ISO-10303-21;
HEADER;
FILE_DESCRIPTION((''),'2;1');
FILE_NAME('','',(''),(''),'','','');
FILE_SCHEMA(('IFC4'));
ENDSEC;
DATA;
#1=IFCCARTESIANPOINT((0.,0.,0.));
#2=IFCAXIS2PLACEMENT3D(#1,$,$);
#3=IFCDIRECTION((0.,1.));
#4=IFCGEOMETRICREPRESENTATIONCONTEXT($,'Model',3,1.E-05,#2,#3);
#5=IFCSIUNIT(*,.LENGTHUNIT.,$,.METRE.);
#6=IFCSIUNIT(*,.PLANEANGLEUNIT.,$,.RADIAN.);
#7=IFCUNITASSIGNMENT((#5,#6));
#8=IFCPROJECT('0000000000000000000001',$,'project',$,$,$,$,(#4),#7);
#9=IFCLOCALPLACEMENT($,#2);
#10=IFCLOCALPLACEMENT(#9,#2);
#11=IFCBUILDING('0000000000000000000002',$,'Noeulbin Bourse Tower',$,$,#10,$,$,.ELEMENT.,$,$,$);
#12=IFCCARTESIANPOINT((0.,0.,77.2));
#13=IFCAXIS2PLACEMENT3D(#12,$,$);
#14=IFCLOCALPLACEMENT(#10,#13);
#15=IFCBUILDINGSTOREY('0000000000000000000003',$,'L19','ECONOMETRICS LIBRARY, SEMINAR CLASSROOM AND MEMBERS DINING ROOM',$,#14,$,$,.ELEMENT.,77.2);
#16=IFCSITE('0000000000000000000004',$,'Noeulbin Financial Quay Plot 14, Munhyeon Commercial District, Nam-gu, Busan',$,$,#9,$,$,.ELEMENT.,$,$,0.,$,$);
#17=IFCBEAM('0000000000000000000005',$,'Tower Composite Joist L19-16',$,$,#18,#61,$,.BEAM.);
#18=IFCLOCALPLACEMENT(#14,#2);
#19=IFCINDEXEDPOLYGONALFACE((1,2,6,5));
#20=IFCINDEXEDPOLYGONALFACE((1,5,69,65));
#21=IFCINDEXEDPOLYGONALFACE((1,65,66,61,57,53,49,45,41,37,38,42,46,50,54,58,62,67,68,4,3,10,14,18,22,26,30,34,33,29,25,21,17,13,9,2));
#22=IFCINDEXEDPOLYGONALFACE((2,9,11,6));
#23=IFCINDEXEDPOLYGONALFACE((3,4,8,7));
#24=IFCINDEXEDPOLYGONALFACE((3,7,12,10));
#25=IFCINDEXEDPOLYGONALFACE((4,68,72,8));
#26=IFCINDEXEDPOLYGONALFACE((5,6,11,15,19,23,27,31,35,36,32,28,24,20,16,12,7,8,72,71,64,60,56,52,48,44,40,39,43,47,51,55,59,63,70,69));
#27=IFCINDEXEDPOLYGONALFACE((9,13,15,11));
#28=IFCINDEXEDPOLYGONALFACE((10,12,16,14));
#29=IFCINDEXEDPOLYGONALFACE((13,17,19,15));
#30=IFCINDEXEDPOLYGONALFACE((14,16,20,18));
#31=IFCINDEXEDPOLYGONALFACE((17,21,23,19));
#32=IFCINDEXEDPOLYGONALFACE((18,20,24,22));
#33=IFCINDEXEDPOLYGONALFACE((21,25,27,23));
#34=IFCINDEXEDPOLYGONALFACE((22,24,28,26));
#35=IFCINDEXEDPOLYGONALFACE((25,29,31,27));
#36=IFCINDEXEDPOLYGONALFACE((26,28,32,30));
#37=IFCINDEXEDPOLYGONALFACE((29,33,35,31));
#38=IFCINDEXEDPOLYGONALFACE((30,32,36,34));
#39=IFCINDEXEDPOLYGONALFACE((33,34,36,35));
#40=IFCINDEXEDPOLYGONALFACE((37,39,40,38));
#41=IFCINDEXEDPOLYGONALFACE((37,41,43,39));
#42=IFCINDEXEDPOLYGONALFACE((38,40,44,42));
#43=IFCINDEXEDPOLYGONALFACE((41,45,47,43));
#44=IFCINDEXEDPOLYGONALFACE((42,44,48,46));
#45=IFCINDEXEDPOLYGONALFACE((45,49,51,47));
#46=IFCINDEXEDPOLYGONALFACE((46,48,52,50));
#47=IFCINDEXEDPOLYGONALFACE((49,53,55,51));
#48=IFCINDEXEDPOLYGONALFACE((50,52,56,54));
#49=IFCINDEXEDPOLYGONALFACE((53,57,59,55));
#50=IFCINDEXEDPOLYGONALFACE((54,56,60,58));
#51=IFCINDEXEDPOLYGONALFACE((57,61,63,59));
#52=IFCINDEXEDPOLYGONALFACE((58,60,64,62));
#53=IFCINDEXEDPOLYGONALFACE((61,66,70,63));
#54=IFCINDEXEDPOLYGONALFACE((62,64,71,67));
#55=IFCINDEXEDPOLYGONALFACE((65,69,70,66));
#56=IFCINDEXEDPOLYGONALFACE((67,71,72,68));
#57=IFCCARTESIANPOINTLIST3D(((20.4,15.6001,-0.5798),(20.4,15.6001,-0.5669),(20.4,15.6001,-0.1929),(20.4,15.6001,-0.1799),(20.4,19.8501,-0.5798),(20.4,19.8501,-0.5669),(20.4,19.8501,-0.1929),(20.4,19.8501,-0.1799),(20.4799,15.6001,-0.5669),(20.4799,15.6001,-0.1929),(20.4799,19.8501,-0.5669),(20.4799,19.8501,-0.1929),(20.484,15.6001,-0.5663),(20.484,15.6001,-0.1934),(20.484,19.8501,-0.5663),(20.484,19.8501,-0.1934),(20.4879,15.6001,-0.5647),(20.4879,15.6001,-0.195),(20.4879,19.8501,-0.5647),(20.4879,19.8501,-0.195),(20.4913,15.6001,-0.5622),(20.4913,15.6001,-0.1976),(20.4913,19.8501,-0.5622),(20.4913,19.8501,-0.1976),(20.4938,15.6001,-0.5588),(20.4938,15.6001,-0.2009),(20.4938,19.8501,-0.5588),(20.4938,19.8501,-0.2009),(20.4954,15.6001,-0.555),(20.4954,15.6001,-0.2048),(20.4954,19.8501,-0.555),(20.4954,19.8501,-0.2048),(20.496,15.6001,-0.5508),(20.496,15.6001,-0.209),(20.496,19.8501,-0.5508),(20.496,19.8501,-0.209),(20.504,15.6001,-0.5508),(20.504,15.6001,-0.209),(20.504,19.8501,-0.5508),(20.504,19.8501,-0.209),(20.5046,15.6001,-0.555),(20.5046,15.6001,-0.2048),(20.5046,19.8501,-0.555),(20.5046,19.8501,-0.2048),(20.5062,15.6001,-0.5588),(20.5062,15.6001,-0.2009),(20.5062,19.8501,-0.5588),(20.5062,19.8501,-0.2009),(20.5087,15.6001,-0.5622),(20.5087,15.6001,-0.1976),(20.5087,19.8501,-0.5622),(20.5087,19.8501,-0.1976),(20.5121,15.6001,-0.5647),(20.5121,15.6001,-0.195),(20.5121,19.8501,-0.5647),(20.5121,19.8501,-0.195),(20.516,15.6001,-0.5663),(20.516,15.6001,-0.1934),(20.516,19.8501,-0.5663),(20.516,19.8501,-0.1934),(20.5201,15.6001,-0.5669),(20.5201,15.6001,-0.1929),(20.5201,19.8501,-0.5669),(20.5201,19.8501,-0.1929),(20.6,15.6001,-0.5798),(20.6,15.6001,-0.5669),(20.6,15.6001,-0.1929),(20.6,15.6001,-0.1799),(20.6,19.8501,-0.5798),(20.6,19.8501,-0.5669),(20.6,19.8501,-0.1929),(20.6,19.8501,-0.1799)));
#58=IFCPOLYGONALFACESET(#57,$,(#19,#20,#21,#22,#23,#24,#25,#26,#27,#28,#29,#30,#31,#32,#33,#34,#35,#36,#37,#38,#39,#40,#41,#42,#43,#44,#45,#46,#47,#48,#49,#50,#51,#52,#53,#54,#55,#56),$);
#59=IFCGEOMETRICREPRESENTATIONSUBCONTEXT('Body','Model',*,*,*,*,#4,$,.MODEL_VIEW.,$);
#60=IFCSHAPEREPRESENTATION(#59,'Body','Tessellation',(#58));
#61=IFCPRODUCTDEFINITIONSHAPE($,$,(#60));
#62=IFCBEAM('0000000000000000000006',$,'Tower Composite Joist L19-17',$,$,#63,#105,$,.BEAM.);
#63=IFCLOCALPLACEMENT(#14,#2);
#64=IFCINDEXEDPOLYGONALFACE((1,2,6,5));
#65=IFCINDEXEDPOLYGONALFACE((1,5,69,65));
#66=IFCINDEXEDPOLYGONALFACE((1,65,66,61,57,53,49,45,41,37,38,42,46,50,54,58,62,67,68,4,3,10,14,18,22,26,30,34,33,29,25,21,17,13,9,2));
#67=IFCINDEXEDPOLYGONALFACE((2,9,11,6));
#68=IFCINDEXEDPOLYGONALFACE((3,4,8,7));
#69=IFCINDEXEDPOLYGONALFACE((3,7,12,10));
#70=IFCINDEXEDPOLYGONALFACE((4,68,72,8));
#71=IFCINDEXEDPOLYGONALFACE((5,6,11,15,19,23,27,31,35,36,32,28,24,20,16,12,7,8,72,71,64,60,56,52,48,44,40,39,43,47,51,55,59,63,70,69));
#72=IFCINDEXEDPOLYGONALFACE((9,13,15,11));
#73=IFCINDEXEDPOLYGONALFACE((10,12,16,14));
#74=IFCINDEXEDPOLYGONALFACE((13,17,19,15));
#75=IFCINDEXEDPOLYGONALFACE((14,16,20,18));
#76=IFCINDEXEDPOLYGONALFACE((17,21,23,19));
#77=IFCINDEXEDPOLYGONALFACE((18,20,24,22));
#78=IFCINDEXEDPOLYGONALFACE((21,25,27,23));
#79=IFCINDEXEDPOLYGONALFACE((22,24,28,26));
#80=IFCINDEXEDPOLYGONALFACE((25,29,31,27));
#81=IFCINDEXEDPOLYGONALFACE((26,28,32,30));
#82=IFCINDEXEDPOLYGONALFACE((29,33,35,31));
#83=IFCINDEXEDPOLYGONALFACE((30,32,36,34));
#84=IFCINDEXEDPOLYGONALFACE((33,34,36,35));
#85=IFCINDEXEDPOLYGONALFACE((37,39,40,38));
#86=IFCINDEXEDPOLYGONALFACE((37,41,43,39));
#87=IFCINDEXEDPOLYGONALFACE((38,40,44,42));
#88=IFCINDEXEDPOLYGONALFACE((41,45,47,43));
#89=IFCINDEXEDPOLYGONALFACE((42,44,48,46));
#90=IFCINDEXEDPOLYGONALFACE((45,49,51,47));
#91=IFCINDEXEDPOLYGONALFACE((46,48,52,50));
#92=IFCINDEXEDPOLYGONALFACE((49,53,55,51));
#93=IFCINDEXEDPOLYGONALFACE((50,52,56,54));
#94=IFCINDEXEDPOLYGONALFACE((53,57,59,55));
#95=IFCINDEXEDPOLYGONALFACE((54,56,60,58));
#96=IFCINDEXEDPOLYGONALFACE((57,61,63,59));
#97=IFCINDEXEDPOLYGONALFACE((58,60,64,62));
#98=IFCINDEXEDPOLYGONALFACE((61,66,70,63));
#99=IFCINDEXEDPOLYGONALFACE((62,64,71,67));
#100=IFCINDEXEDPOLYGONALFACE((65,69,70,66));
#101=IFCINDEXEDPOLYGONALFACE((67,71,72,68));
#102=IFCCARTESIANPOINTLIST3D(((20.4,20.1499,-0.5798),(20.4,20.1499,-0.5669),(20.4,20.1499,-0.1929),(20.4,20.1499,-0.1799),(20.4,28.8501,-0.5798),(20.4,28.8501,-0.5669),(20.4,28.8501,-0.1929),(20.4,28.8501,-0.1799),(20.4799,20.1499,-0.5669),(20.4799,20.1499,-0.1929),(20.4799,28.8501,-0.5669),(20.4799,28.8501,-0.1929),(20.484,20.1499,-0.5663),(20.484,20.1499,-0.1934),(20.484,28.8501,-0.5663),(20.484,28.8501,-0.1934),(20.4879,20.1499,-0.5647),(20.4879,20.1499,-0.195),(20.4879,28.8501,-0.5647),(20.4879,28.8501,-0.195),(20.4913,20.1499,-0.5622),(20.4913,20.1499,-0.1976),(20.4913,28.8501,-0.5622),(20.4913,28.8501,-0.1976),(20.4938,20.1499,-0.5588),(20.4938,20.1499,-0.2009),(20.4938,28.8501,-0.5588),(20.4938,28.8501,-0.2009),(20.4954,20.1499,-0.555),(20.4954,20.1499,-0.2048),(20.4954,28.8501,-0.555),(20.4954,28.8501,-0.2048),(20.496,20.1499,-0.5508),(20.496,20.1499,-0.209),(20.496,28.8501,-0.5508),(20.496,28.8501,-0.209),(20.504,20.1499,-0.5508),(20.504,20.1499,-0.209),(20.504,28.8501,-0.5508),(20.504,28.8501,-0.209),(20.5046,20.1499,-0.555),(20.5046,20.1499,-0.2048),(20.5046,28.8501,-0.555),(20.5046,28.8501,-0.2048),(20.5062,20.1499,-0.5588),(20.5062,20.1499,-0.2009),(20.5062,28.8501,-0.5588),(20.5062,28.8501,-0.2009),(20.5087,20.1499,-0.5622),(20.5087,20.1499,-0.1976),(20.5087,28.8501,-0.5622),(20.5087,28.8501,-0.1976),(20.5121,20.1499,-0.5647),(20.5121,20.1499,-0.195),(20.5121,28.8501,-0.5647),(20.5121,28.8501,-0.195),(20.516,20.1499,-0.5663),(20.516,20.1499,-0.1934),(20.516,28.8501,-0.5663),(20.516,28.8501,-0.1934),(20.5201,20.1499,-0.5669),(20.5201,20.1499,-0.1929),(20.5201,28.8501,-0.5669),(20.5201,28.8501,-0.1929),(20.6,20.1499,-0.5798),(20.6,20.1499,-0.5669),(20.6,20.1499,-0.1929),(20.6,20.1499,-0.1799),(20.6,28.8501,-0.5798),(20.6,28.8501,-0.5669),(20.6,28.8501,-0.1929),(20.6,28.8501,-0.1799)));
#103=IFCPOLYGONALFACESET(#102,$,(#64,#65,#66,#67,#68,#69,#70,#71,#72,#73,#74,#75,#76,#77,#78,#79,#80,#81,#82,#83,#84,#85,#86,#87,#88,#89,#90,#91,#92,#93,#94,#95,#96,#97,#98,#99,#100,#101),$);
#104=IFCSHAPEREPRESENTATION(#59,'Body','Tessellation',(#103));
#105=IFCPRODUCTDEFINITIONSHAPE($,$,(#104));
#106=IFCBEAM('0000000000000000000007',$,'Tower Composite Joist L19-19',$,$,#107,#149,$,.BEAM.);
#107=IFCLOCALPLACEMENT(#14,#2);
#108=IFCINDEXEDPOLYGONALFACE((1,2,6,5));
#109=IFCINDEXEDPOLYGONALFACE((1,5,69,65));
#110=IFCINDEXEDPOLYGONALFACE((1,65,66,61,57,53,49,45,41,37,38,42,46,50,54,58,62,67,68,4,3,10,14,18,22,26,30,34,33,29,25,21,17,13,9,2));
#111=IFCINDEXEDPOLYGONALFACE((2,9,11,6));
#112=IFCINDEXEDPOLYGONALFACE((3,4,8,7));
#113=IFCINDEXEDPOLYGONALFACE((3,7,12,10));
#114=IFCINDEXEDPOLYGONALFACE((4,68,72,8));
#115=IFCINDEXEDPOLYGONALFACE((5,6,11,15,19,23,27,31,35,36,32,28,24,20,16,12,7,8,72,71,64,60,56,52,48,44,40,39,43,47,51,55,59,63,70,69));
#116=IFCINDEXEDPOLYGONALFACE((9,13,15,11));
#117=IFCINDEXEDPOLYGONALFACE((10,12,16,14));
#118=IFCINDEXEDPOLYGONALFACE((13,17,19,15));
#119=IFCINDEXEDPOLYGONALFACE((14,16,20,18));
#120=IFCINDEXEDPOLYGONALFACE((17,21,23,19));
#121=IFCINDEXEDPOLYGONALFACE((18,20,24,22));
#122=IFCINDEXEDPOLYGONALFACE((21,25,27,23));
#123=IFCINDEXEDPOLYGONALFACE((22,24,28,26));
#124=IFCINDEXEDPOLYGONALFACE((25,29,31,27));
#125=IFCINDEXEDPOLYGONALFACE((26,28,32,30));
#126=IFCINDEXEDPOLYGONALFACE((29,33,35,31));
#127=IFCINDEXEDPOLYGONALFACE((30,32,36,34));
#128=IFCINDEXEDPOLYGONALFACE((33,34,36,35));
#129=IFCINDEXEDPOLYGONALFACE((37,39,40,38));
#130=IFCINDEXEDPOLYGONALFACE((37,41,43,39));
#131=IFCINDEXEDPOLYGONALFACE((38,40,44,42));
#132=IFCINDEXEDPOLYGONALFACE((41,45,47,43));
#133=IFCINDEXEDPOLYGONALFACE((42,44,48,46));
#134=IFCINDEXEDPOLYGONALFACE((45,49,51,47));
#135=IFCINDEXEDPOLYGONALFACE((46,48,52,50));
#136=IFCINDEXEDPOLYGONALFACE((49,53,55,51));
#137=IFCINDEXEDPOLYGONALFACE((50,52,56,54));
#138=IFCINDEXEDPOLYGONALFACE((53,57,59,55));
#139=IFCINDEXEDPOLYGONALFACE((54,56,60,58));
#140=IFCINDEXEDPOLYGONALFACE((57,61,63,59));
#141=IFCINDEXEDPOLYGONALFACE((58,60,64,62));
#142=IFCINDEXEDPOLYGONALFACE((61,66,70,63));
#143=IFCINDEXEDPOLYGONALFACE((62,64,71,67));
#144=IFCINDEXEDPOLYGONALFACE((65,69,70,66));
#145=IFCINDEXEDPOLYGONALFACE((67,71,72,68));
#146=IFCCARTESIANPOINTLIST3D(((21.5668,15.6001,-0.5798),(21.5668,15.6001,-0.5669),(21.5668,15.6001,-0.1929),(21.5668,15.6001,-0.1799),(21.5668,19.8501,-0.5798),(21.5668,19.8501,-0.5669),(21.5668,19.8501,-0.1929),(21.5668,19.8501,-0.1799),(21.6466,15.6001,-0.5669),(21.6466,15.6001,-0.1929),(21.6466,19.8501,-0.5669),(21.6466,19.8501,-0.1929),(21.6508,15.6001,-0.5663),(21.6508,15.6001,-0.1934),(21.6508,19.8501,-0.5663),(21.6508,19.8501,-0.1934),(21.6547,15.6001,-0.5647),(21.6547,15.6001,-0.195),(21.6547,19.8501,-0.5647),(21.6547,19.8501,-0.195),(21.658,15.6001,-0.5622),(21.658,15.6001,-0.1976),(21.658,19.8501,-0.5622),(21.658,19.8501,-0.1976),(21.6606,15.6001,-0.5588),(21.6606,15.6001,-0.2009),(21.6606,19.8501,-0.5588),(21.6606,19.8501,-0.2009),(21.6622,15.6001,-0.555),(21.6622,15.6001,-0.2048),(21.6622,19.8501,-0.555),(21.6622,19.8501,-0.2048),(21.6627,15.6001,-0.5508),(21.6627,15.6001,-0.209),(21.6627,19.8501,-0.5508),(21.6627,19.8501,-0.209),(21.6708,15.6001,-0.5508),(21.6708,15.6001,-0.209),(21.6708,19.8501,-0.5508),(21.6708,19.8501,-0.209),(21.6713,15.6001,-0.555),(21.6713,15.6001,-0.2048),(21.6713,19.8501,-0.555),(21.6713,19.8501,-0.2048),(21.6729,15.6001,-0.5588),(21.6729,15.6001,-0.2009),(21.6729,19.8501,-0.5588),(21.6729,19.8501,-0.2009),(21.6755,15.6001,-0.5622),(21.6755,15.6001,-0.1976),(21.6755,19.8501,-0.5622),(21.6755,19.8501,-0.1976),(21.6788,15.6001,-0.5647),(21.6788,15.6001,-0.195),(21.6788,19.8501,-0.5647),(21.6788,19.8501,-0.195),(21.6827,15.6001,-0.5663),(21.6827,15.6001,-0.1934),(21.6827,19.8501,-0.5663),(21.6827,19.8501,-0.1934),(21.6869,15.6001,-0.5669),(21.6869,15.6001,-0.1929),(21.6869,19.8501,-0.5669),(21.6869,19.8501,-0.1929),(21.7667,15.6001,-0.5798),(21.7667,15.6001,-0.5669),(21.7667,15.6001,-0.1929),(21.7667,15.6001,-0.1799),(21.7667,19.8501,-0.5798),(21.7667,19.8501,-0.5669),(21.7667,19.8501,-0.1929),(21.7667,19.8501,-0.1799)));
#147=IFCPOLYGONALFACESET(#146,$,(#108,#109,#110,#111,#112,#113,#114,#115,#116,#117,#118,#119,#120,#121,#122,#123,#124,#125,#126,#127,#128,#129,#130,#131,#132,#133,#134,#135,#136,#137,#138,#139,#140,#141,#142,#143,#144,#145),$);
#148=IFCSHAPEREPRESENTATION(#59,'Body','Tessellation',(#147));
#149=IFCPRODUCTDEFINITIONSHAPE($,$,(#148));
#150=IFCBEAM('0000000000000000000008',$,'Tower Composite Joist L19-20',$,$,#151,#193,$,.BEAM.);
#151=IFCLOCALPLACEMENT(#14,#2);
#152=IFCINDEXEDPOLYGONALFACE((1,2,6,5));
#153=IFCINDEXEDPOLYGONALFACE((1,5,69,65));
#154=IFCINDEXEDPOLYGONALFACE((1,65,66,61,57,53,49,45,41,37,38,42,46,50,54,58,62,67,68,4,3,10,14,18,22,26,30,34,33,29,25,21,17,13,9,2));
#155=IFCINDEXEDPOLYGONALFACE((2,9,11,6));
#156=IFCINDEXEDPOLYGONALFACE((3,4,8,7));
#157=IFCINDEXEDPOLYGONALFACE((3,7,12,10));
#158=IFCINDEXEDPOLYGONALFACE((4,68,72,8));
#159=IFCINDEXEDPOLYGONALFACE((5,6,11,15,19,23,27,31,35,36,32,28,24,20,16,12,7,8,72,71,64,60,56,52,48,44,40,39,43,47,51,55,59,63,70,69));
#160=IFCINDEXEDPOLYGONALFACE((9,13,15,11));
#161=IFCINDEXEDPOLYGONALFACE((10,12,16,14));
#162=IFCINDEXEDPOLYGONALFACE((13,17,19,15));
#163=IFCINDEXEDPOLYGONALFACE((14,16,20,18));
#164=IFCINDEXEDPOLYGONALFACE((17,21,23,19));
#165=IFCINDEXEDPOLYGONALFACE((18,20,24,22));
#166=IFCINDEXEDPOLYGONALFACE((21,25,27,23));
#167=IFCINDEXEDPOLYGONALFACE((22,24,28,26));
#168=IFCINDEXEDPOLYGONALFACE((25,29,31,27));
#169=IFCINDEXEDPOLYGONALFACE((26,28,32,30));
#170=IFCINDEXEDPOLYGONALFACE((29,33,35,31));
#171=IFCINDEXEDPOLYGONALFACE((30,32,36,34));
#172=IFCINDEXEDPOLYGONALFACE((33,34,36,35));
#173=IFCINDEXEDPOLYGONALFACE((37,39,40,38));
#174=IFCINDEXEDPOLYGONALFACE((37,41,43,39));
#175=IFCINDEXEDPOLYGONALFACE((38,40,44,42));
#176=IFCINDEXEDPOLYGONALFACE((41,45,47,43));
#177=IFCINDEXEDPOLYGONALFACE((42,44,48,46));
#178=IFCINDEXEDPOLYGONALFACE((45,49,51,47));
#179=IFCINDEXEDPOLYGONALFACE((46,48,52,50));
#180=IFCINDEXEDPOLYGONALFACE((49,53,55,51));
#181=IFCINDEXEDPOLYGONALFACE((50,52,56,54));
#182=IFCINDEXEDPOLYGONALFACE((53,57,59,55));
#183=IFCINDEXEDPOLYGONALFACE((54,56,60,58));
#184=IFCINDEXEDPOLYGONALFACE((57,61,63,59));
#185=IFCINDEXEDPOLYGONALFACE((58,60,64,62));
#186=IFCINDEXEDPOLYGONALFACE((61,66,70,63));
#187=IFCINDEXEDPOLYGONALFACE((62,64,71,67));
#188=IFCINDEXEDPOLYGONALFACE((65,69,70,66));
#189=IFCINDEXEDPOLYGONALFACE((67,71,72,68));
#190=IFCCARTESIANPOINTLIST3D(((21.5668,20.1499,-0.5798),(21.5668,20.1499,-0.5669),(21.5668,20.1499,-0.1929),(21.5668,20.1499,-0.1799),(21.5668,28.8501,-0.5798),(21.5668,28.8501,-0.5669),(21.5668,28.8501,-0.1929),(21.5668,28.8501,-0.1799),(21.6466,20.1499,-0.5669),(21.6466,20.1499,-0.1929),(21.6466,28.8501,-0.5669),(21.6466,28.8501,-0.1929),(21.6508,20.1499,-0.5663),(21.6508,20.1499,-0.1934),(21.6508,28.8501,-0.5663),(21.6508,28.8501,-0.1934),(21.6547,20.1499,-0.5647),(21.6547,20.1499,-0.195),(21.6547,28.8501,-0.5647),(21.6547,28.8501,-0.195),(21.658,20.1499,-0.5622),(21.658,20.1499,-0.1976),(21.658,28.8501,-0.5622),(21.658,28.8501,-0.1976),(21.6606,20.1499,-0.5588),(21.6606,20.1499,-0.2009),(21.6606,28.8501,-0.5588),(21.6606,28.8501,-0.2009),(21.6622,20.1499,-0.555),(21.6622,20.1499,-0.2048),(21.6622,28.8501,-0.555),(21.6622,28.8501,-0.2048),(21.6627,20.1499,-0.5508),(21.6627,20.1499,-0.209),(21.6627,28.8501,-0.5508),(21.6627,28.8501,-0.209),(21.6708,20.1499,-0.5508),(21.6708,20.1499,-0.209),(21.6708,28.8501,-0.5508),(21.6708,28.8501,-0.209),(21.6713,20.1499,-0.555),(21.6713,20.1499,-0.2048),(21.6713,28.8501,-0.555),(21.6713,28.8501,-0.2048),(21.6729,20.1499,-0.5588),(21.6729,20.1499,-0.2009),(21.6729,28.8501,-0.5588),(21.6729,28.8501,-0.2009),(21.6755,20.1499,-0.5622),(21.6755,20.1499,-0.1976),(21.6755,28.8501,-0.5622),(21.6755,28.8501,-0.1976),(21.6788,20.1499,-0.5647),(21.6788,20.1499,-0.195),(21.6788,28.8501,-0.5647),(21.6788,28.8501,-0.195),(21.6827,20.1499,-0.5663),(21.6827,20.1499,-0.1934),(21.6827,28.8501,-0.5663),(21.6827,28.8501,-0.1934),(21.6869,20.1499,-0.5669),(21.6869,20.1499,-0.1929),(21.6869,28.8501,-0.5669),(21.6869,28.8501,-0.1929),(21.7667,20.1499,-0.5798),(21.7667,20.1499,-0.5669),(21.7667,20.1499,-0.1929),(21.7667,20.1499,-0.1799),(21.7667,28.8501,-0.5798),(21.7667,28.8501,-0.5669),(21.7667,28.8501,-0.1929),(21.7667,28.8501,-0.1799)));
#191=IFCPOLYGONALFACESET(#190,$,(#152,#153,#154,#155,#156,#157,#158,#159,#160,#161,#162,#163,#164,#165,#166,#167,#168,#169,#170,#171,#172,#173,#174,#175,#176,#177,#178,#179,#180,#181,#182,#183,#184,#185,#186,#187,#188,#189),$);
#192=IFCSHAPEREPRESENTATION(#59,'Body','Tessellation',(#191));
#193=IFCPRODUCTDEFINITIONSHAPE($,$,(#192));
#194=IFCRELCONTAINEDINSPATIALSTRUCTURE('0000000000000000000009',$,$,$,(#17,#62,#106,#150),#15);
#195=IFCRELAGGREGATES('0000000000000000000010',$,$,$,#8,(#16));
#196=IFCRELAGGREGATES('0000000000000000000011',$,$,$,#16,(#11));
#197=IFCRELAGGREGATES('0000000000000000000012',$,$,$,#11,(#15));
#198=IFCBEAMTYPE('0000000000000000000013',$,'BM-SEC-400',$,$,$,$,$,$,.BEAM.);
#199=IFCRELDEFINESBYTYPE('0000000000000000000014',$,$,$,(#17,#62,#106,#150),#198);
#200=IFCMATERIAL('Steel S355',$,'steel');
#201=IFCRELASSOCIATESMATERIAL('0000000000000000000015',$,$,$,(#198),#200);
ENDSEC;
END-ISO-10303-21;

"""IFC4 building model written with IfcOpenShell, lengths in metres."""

from ifc_helpers import new_model, si_unit, direction, frame, origin, origin_2d, place, context, subcontext, project, spatial, i_section, extrude, material, material_profile, profile_set, type_object, element, save


model = new_model("IFC4")

# Units and contexts
model_context = context("Model", 3, precision=1e-05, world=origin(), true_north=direction((0.0, 1.0)))
body_context = subcontext(model_context, "Body", "Model", "MODEL_VIEW")
ifc_project = project(units=[si_unit("LENGTHUNIT", "METRE"), si_unit("PLANEANGLEUNIT", "RADIAN")], contexts=[model_context])

# Site, building, storey
site_placement = place(None, origin())
site = spatial("IfcSite", under=ifc_project, at=site_placement, Name="Noeulbin Financial Quay Plot 14, Munhyeon Commercial District, Nam-gu, Busan", CompositionType="ELEMENT", RefElevation=0.0)
building_placement = place(site_placement, origin())
building = spatial("IfcBuilding", under=site, at=building_placement, Name="Noeulbin Bourse Tower", CompositionType="ELEMENT")
storey_placement = place(building_placement, frame((0.0, 0.0, 77.2)))
storey = spatial("IfcBuildingStorey", under=building, at=storey_placement, Name="L19", Description="ECONOMETRICS LIBRARY, SEMINAR CLASSROOM AND MEMBERS DINING ROOM", CompositionType="ELEMENT", Elevation=77.2)

# Shared definitions
ifc_material_1 = material(Name="Steel S355", Category="steel")

# Beams
ifc_material_profile_1 = material_profile(ifc_material_1, i_section(OverallWidth=0.2, OverallDepth=0.3999, WebThickness=0.0081, FlangeThickness=0.0129, FilletRadius=0.0161, at=origin_2d()), Name="H-400x200x8x13", Category="LoadBearing")
ifc_profile_set_1 = profile_set([ifc_material_profile_1], Name="Steel S355")
beam_type_1 = type_object("IfcBeamType", Name="BM-SEC-400", PredefinedType="BEAM", material=ifc_profile_set_1)
beam_1_placement = place(storey_placement, frame((20.5, 15.6001, -0.3799), z_axis=(0.0, 1.0, 0.0), x_axis=(-1.0, 0.0, 0.0)))
element("IfcBeam", 1, at=beam_1_placement, inside=storey, type_object=beam_type_1, Name="Tower Composite Joist L19-16", PredefinedType="BEAM", context=body_context, shape_type="SweptSolid", body=[
    extrude(i_section(OverallWidth=0.2, OverallDepth=0.3999, WebThickness=0.0081, FlangeThickness=0.0129, FilletRadius=0.0161, at=origin_2d()), origin(), (0.0, 0.0, 1.0), 4.25),
])
beam_2_placement = place(storey_placement, frame((20.5, 20.1499, -0.3799), z_axis=(0.0, 1.0, 0.0), x_axis=(-1.0, 0.0, 0.0)))
element("IfcBeam", 2, at=beam_2_placement, inside=storey, type_object=beam_type_1, Name="Tower Composite Joist L19-17", PredefinedType="BEAM", context=body_context, shape_type="SweptSolid", body=[
    extrude(i_section(OverallWidth=0.2, OverallDepth=0.3999, WebThickness=0.0081, FlangeThickness=0.0129, FilletRadius=0.0161, at=origin_2d()), origin(), (0.0, 0.0, 1.0), 8.7002),
])
beam_3_placement = place(storey_placement, frame((21.6667, 15.6001, -0.3799), z_axis=(0.0, 1.0, 0.0), x_axis=(-1.0, 0.0, 0.0)))
element("IfcBeam", 3, at=beam_3_placement, inside=storey, type_object=beam_type_1, Name="Tower Composite Joist L19-19", PredefinedType="BEAM", context=body_context, shape_type="SweptSolid", body=[
    extrude(i_section(OverallWidth=0.2, OverallDepth=0.3999, WebThickness=0.0081, FlangeThickness=0.0129, FilletRadius=0.0161, at=origin_2d()), origin(), (0.0, 0.0, 1.0), 4.25),
])
beam_4_placement = place(storey_placement, frame((21.6667, 20.1499, -0.3799), z_axis=(0.0, 1.0, 0.0), x_axis=(-1.0, 0.0, 0.0)))
element("IfcBeam", 4, at=beam_4_placement, inside=storey, type_object=beam_type_1, Name="Tower Composite Joist L19-20", PredefinedType="BEAM", context=body_context, shape_type="SweptSolid", body=[
    extrude(i_section(OverallWidth=0.2, OverallDepth=0.3999, WebThickness=0.0081, FlangeThickness=0.0129, FilletRadius=0.0161, at=origin_2d()), origin(), (0.0, 0.0, 1.0), 8.7002),
])

save(model, "model.ifc")
